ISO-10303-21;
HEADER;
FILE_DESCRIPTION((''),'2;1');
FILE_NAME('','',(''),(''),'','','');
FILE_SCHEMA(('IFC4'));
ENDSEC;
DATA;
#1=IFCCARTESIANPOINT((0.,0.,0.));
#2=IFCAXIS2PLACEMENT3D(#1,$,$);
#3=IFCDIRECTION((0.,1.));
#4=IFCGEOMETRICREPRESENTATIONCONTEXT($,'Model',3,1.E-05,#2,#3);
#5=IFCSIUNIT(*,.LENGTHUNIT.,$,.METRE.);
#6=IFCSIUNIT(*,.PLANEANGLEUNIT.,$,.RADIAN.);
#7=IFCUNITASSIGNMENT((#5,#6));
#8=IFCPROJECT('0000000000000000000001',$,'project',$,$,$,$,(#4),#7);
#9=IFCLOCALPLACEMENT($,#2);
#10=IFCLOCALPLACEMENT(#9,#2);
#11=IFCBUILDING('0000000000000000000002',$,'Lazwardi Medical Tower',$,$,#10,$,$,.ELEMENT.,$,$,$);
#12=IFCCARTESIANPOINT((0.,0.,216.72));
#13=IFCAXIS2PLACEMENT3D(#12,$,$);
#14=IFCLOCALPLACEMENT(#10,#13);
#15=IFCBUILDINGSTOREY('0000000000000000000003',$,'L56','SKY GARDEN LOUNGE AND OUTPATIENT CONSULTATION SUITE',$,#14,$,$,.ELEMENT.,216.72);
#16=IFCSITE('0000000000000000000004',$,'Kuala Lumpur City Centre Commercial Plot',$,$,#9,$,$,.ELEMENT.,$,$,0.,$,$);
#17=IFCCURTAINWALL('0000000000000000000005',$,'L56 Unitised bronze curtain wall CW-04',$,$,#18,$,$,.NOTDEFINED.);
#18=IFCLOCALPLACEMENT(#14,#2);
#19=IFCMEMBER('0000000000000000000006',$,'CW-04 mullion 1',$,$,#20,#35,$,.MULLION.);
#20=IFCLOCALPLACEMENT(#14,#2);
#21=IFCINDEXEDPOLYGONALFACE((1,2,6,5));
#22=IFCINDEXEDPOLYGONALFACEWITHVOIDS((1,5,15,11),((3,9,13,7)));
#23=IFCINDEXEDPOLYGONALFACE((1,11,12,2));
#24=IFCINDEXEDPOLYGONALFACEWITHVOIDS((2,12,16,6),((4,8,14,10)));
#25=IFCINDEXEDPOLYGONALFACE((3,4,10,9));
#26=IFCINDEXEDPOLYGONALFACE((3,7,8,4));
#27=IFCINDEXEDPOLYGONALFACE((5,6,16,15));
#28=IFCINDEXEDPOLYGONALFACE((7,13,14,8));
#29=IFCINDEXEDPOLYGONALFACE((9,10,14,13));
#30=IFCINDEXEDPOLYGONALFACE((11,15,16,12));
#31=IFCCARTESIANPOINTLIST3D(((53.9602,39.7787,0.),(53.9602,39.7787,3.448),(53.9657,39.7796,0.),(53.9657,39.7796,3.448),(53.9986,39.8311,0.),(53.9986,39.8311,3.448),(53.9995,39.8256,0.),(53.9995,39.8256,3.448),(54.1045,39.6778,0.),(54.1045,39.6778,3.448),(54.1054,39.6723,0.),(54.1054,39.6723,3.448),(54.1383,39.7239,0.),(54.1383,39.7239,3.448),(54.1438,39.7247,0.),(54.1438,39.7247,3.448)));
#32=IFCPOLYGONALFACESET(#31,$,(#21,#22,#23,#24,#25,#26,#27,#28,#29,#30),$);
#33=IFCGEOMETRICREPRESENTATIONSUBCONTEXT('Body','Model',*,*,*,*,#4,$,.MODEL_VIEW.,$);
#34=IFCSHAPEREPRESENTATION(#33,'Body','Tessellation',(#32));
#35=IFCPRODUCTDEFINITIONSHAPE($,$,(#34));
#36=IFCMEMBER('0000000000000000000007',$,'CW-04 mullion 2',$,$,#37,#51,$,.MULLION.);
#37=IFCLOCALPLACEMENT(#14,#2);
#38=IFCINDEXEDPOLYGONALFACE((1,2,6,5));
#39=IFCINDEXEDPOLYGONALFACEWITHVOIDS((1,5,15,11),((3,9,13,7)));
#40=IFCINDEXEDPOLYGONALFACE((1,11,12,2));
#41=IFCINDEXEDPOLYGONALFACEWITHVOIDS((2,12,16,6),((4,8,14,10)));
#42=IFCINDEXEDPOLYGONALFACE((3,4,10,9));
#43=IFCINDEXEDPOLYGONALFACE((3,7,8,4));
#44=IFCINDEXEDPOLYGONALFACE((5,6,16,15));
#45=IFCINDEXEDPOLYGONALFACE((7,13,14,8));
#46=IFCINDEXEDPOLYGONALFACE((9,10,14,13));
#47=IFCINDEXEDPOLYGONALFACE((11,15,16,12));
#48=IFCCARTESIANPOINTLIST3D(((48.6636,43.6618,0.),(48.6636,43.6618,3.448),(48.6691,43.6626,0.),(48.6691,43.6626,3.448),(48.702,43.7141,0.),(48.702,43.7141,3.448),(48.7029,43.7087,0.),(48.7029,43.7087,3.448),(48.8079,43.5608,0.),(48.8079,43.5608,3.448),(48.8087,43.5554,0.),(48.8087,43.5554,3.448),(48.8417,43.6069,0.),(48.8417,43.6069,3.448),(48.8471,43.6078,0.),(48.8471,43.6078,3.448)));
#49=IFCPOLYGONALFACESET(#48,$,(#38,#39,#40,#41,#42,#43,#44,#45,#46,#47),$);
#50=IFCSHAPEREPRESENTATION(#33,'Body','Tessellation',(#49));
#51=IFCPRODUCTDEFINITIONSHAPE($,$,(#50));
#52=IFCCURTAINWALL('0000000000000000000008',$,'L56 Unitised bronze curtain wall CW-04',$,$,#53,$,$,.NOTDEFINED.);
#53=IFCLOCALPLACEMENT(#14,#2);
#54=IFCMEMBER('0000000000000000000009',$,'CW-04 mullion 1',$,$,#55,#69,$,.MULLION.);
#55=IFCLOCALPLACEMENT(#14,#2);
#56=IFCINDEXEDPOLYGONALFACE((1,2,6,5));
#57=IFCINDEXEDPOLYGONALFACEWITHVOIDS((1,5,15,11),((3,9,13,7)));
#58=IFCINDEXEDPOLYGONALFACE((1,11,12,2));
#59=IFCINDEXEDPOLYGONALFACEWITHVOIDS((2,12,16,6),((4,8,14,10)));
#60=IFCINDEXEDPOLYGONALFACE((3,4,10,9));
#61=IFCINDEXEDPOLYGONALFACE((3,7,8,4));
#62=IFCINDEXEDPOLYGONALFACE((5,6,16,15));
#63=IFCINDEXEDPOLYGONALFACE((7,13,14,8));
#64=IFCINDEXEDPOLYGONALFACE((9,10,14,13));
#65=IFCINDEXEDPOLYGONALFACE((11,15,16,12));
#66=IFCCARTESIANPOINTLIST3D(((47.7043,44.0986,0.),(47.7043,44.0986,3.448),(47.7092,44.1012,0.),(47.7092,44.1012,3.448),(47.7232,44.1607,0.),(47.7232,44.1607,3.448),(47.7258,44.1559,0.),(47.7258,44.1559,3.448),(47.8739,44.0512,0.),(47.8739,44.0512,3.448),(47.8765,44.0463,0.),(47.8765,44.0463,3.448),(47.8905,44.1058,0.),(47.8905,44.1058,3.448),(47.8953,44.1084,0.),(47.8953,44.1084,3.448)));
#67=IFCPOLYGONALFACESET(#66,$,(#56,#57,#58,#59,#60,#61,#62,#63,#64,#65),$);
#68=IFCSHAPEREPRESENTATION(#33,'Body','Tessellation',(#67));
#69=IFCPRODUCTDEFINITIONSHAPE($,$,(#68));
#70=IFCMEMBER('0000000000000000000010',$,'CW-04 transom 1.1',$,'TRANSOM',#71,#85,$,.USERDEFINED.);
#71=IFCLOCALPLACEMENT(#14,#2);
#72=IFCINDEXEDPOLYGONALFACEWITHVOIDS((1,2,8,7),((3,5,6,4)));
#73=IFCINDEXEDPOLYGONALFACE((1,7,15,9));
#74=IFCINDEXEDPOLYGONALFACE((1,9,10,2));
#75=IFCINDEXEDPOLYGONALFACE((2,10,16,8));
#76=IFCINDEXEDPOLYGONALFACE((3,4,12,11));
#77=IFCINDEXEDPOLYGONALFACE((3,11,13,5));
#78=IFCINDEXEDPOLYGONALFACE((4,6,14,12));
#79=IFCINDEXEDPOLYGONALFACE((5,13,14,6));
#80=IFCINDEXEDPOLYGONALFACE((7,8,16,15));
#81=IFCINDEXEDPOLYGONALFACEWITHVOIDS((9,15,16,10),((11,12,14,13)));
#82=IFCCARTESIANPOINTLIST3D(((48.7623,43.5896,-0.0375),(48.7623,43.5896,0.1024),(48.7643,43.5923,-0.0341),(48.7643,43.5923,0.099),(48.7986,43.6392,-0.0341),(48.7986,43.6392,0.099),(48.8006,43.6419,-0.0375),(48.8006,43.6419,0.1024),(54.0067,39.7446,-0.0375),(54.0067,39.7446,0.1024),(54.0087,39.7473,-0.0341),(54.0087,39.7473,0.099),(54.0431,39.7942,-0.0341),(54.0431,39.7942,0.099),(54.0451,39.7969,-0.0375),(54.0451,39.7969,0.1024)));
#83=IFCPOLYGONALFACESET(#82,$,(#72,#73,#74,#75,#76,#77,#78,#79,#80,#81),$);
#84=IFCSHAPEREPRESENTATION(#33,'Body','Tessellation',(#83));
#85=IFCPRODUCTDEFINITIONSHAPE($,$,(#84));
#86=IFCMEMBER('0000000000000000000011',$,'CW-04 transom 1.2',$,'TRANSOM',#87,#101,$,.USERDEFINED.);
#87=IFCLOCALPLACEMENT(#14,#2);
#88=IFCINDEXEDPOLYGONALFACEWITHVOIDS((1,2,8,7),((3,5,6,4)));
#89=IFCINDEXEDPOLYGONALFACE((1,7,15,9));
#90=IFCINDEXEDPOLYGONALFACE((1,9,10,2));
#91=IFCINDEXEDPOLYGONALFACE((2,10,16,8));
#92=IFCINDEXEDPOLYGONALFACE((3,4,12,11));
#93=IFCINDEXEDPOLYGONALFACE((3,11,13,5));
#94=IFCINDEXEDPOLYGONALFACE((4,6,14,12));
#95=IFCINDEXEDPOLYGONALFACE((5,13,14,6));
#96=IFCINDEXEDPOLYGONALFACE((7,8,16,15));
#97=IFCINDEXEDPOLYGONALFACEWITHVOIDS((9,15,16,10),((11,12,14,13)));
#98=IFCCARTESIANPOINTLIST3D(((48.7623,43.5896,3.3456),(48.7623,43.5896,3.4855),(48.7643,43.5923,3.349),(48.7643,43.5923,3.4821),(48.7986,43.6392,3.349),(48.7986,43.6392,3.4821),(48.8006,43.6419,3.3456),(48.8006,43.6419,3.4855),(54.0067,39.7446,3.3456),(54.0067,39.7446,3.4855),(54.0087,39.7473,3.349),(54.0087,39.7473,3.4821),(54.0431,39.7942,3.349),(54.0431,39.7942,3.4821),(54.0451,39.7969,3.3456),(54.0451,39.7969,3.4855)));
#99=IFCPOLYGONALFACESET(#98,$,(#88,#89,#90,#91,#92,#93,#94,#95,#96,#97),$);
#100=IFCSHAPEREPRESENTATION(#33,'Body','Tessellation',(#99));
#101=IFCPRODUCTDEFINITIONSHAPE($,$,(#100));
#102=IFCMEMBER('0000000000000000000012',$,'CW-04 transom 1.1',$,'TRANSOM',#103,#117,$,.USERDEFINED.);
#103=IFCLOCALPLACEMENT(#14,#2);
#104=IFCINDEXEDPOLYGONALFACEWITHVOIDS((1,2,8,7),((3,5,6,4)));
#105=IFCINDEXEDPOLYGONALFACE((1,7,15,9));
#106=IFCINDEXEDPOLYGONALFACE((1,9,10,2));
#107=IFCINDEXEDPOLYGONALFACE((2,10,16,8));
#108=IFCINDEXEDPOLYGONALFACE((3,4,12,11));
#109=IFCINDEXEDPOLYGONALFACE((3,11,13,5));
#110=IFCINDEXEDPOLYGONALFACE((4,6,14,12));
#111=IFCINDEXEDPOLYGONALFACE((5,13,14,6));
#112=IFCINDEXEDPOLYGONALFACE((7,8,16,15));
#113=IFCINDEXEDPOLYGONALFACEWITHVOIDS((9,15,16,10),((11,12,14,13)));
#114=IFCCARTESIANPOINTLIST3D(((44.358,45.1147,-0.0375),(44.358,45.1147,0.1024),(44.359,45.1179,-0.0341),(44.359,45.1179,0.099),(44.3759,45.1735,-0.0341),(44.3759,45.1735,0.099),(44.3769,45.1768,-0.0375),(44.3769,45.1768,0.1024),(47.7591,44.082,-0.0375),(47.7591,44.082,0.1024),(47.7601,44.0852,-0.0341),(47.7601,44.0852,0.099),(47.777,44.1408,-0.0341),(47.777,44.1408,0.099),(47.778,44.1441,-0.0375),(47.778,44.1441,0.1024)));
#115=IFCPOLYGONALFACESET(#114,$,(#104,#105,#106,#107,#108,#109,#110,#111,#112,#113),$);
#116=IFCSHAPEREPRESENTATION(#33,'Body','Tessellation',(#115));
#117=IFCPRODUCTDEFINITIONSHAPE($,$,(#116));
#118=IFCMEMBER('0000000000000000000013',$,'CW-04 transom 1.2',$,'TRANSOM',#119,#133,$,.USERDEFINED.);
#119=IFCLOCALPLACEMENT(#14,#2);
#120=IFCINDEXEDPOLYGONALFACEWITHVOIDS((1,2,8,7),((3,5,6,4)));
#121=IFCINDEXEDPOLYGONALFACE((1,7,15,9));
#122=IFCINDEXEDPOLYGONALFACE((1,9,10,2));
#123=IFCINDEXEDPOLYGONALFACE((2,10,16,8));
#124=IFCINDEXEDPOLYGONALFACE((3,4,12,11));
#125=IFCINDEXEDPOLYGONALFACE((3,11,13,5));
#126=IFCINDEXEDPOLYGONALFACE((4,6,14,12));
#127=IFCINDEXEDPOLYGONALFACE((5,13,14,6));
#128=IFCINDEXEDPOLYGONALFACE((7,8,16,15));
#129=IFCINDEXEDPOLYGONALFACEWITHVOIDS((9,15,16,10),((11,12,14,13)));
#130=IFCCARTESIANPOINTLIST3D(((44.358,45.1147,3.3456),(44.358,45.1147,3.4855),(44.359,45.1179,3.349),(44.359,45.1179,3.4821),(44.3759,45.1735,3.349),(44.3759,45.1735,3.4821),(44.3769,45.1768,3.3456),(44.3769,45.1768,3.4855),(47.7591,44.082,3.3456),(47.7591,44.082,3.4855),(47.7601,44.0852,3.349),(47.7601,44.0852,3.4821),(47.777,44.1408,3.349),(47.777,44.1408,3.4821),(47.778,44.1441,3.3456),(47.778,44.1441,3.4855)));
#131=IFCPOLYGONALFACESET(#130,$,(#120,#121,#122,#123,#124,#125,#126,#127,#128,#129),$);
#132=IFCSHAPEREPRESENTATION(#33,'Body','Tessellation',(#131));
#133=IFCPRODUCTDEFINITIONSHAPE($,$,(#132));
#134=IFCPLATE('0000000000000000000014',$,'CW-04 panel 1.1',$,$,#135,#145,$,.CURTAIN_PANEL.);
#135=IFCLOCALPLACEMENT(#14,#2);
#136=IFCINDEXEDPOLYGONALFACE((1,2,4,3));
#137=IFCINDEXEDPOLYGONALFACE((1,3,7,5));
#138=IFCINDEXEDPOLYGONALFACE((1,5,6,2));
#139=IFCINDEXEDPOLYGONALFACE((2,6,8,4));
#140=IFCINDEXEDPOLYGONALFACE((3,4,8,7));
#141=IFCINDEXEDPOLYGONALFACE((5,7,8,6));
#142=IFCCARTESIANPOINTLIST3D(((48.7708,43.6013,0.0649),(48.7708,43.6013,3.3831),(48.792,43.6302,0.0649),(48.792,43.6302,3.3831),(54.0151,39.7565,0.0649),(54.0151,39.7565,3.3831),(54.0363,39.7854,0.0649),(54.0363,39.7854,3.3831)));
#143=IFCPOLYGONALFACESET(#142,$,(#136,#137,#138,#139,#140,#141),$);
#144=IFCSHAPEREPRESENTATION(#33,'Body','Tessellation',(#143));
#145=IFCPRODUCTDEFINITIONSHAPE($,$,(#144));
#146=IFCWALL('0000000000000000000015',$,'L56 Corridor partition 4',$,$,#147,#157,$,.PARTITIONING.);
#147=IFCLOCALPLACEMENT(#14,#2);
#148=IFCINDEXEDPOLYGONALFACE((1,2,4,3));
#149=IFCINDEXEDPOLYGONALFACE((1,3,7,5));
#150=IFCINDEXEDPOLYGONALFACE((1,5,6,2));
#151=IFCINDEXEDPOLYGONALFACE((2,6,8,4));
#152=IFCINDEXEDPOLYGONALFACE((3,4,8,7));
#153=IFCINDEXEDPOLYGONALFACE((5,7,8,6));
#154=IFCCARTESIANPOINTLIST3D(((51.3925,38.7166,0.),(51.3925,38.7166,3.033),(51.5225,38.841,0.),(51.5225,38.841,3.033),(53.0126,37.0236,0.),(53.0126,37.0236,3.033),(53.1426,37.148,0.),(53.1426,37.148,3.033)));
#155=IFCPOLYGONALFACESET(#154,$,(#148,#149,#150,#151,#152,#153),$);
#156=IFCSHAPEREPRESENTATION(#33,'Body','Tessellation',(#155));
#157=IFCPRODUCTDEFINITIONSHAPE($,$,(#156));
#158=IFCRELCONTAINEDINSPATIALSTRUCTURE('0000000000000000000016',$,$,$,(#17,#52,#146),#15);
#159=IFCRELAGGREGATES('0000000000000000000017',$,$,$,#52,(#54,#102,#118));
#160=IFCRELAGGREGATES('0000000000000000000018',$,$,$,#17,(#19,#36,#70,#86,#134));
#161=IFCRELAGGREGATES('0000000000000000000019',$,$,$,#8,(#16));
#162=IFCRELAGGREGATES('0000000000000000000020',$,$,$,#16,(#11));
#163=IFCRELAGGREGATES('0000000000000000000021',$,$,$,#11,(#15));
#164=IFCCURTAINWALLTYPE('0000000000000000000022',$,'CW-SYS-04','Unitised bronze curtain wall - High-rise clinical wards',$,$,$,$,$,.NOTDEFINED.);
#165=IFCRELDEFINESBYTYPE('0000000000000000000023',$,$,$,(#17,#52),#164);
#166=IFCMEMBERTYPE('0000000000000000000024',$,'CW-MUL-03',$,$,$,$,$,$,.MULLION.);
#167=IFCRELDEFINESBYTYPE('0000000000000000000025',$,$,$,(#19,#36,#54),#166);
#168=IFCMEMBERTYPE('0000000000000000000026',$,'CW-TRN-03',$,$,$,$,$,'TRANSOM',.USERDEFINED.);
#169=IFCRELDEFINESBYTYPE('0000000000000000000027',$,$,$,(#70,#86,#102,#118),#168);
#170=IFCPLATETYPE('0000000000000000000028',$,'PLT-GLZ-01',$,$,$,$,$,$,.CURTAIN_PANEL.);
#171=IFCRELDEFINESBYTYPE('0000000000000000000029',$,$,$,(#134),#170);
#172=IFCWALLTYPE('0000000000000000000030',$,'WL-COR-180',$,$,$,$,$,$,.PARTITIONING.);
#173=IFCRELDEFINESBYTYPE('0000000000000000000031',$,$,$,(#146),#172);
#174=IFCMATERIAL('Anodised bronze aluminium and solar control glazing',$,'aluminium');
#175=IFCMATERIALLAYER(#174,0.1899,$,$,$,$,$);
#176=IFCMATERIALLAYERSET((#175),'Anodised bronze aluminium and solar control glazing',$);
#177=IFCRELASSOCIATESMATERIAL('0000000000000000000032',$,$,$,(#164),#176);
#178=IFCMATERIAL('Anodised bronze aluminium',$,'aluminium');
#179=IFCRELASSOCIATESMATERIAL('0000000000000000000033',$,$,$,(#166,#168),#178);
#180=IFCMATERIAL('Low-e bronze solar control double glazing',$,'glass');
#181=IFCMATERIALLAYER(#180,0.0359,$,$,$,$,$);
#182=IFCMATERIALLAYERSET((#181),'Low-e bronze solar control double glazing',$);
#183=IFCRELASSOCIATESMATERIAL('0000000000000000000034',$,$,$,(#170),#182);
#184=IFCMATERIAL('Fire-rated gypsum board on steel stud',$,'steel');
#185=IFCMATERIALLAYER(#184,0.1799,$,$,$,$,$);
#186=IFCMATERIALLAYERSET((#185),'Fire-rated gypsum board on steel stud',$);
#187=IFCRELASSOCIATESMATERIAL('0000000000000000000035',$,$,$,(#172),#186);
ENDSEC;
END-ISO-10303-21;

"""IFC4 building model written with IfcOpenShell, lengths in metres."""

from ifc_helpers import new_model, si_unit, direction, frame, frame_2d, origin, origin_2d, place, context, subcontext, project, spatial, rectangle, hollow_rectangle, extrude, material, layer, layer_set, material_profile, profile_set, type_object, element, aggregate, save


model = new_model("IFC4")

# Units and contexts
model_context = context("Model", 3, precision=1e-05, world=origin(), true_north=direction((0.0, 1.0)))
body_context = subcontext(model_context, "Body", "Model", "MODEL_VIEW")
ifc_project = project(units=[si_unit("LENGTHUNIT", "METRE"), si_unit("PLANEANGLEUNIT", "RADIAN")], contexts=[model_context])

# Site, building, storey
site_placement = place(None, origin())
site = spatial("IfcSite", under=ifc_project, at=site_placement, Name="Kuala Lumpur City Centre Commercial Plot", CompositionType="ELEMENT", RefElevation=0.0)
building_placement = place(site_placement, origin())
building = spatial("IfcBuilding", under=site, at=building_placement, Name="Lazwardi Medical Tower", CompositionType="ELEMENT")
storey_placement = place(building_placement, frame((0.0, 0.0, 216.72)))
storey = spatial("IfcBuildingStorey", under=building, at=storey_placement, Name="L56", Description="SKY GARDEN LOUNGE AND OUTPATIENT CONSULTATION SUITE", CompositionType="ELEMENT", Elevation=216.72)

# Shared definitions
ifc_material_1 = material(Name="Anodised bronze aluminium and solar control glazing", Category="aluminium")
ifc_layer_1 = layer(ifc_material_1, 0.1899)
ifc_layer_set_1 = layer_set([ifc_layer_1], Name="Anodised bronze aluminium and solar control glazing")
curtain_wall_type = type_object("IfcCurtainWallType", Name="CW-SYS-04", Description="Unitised bronze curtain wall - High-rise clinical wards", PredefinedType="NOTDEFINED", material=ifc_layer_set_1)
ifc_material_2 = material(Name="Anodised bronze aluminium", Category="aluminium")
ifc_material_profile_1 = material_profile(ifc_material_2, hollow_rectangle(XDim=0.0649, YDim=0.1799, WallThickness=0.0039, at=origin_2d()), Name="ALU-MULLION 180x65x4")
ifc_profile_set_1 = profile_set([ifc_material_profile_1], Name="Anodised bronze aluminium")
member_type_1 = type_object("IfcMemberType", Name="CW-MUL-03", PredefinedType="MULLION", material=ifc_profile_set_1)

# Curtain wall, members
curtain_wall_1_placement = place(storey_placement, origin())
curtain_wall_1 = element("IfcCurtainWall", 1, at=curtain_wall_1_placement, inside=storey, type_object=curtain_wall_type, Name="L56 Unitised bronze curtain wall CW-04", PredefinedType="NOTDEFINED")
member_1_placement = place(storey_placement, frame((54.052, 39.7517, 0.0), z_axis=(0.0, 0.0, 1.0), x_axis=(-0.591268, -0.806475, 0.0)))
member_1 = element("IfcMember", 2, at=member_1_placement, type_object=member_type_1, Name="CW-04 mullion 1", PredefinedType="MULLION", context=body_context, shape_type="SweptSolid", body=[
    extrude(hollow_rectangle(XDim=0.0649, YDim=0.1799, WallThickness=0.0039, at=origin_2d()), origin(), (0.0, 0.0, 1.0), 3.448),
])
member_2_placement = place(storey_placement, frame((48.7554, 43.6348, 0.0), z_axis=(0.0, 0.0, 1.0), x_axis=(-0.591268, -0.806475, 0.0)))
member_2 = element("IfcMember", 3, at=member_2_placement, type_object=member_type_1, Name="CW-04 mullion 2", PredefinedType="MULLION", context=body_context, shape_type="SweptSolid", body=[
    extrude(hollow_rectangle(XDim=0.0649, YDim=0.1799, WallThickness=0.0039, at=origin_2d()), origin(), (0.0, 0.0, 1.0), 3.448),
])

# Curtain wall, member
curtain_wall_2_placement = place(storey_placement, origin())
curtain_wall_2 = element("IfcCurtainWall", 4, at=curtain_wall_2_placement, inside=storey, type_object=curtain_wall_type, Name="L56 Unitised bronze curtain wall CW-04", PredefinedType="NOTDEFINED")
member_3_placement = place(storey_placement, frame((47.7998, 44.1035, 0.0), z_axis=(0.0, 0.0, 1.0), x_axis=(-0.290582, -0.95685, 0.0)))
member_3 = element("IfcMember", 5, at=member_3_placement, type_object=member_type_1, Name="CW-04 mullion 1", PredefinedType="MULLION", context=body_context, shape_type="SweptSolid", body=[
    extrude(hollow_rectangle(XDim=0.0649, YDim=0.1799, WallThickness=0.0039, at=origin_2d()), origin(), (0.0, 0.0, 1.0), 3.448),
])

# Members
ifc_material_profile_2 = material_profile(ifc_material_2, hollow_rectangle(XDim=0.0649, YDim=0.1399, WallThickness=0.0034, at=origin_2d()), Name="ALU-TRANSOM 140x65x3.5")
ifc_profile_set_2 = profile_set([ifc_material_profile_2], Name="Anodised bronze aluminium")
member_type_2 = type_object("IfcMemberType", Name="CW-TRN-03", ElementType="TRANSOM", PredefinedType="USERDEFINED", material=ifc_profile_set_2)
member_4_placement = place(storey_placement, frame((54.0259, 39.7708, 0.0325), z_axis=(-0.806472, 0.591273, 0.0), x_axis=(-0.591273, -0.806472, 0.0)))
member_4 = element("IfcMember", 6, at=member_4_placement, type_object=member_type_2, Name="CW-04 transom 1.1", ObjectType="TRANSOM", PredefinedType="USERDEFINED", context=body_context, shape_type="SweptSolid", body=[
    extrude(hollow_rectangle(XDim=0.0649, YDim=0.1399, WallThickness=0.0034, at=origin_2d()), origin(), (0.0, 0.0, 1.0), 6.5029),
])
member_5_placement = place(storey_placement, frame((54.0259, 39.7708, 3.4155), z_axis=(-0.806472, 0.591273, 0.0), x_axis=(-0.591273, -0.806472, 0.0)))
member_5 = element("IfcMember", 7, at=member_5_placement, type_object=member_type_2, Name="CW-04 transom 1.2", ObjectType="TRANSOM", PredefinedType="USERDEFINED", context=body_context, shape_type="SweptSolid", body=[
    extrude(hollow_rectangle(XDim=0.0649, YDim=0.1399, WallThickness=0.0034, at=origin_2d()), origin(), (0.0, 0.0, 1.0), 6.5029),
])
member_6_placement = place(storey_placement, frame((47.7686, 44.113, 0.0325), z_axis=(-0.956863, 0.290541, 0.0), x_axis=(-0.290541, -0.956863, 0.0)))
member_6 = element("IfcMember", 8, at=member_6_placement, type_object=member_type_2, Name="CW-04 transom 1.1", ObjectType="TRANSOM", PredefinedType="USERDEFINED", context=body_context, shape_type="SweptSolid", body=[
    extrude(hollow_rectangle(XDim=0.0649, YDim=0.1399, WallThickness=0.0034, at=origin_2d()), origin(), (0.0, 0.0, 1.0), 3.5544),
])
member_7_placement = place(storey_placement, frame((47.7686, 44.113, 3.4155), z_axis=(-0.956863, 0.290541, 0.0), x_axis=(-0.290541, -0.956863, 0.0)))
member_7 = element("IfcMember", 9, at=member_7_placement, type_object=member_type_2, Name="CW-04 transom 1.2", ObjectType="TRANSOM", PredefinedType="USERDEFINED", context=body_context, shape_type="SweptSolid", body=[
    extrude(hollow_rectangle(XDim=0.0649, YDim=0.1399, WallThickness=0.0034, at=origin_2d()), origin(), (0.0, 0.0, 1.0), 3.5544),
])
aggregate(curtain_wall_2, [member_3, member_6, member_7])

# Plate
ifc_material_3 = material(Name="Low-e bronze solar control double glazing", Category="glass")
ifc_layer_2 = layer(ifc_material_3, 0.0359)
ifc_layer_set_2 = layer_set([ifc_layer_2], Name="Low-e bronze solar control double glazing")
plate_type = type_object("IfcPlateType", Name="PLT-GLZ-01", PredefinedType="CURTAIN_PANEL", material=ifc_layer_set_2)
plate_placement = place(storey_placement, frame((51.4036, 41.6934, 0.0649), z_axis=(0.0, 0.0, 1.0), x_axis=(-0.806475, 0.591268, 0.0)))
plate = element("IfcPlate", 10, at=plate_placement, type_object=plate_type, Name="CW-04 panel 1.1", PredefinedType="CURTAIN_PANEL", context=body_context, shape_type="SweptSolid", body=[
    extrude(rectangle(XDim=6.5027, YDim=0.0359, at=origin_2d()), origin(), (0.0, 0.0, 1.0), 3.3181),
])
aggregate(curtain_wall_1, [member_1, member_2, member_4, member_5, plate])

# Wall
ifc_material_4 = material(Name="Fire-rated gypsum board on steel stud", Category="steel")
ifc_layer_3 = layer(ifc_material_4, 0.1799)
ifc_layer_set_3 = layer_set([ifc_layer_3], Name="Fire-rated gypsum board on steel stud")
wall_type = type_object("IfcWallType", Name="WL-COR-180", PredefinedType="PARTITIONING", material=ifc_layer_set_3)
wall_1_placement = place(storey_placement, frame((51.4575, 38.7788, 0.0), z_axis=(0.0, 0.0, 1.0), x_axis=(0.69136, -0.722511, 0.0)))
element("IfcWall", 11, at=wall_1_placement, inside=storey, type_object=wall_type, Name="L56 Corridor partition 4", PredefinedType="PARTITIONING", context=body_context, shape_type="SweptSolid", body=[
    extrude(rectangle(XDim=2.3433, YDim=0.1799, at=frame_2d((1.1716, 0.0))), origin(), (0.0, 0.0, 1.0), 3.033),
])

save(model, "model.ifc")
